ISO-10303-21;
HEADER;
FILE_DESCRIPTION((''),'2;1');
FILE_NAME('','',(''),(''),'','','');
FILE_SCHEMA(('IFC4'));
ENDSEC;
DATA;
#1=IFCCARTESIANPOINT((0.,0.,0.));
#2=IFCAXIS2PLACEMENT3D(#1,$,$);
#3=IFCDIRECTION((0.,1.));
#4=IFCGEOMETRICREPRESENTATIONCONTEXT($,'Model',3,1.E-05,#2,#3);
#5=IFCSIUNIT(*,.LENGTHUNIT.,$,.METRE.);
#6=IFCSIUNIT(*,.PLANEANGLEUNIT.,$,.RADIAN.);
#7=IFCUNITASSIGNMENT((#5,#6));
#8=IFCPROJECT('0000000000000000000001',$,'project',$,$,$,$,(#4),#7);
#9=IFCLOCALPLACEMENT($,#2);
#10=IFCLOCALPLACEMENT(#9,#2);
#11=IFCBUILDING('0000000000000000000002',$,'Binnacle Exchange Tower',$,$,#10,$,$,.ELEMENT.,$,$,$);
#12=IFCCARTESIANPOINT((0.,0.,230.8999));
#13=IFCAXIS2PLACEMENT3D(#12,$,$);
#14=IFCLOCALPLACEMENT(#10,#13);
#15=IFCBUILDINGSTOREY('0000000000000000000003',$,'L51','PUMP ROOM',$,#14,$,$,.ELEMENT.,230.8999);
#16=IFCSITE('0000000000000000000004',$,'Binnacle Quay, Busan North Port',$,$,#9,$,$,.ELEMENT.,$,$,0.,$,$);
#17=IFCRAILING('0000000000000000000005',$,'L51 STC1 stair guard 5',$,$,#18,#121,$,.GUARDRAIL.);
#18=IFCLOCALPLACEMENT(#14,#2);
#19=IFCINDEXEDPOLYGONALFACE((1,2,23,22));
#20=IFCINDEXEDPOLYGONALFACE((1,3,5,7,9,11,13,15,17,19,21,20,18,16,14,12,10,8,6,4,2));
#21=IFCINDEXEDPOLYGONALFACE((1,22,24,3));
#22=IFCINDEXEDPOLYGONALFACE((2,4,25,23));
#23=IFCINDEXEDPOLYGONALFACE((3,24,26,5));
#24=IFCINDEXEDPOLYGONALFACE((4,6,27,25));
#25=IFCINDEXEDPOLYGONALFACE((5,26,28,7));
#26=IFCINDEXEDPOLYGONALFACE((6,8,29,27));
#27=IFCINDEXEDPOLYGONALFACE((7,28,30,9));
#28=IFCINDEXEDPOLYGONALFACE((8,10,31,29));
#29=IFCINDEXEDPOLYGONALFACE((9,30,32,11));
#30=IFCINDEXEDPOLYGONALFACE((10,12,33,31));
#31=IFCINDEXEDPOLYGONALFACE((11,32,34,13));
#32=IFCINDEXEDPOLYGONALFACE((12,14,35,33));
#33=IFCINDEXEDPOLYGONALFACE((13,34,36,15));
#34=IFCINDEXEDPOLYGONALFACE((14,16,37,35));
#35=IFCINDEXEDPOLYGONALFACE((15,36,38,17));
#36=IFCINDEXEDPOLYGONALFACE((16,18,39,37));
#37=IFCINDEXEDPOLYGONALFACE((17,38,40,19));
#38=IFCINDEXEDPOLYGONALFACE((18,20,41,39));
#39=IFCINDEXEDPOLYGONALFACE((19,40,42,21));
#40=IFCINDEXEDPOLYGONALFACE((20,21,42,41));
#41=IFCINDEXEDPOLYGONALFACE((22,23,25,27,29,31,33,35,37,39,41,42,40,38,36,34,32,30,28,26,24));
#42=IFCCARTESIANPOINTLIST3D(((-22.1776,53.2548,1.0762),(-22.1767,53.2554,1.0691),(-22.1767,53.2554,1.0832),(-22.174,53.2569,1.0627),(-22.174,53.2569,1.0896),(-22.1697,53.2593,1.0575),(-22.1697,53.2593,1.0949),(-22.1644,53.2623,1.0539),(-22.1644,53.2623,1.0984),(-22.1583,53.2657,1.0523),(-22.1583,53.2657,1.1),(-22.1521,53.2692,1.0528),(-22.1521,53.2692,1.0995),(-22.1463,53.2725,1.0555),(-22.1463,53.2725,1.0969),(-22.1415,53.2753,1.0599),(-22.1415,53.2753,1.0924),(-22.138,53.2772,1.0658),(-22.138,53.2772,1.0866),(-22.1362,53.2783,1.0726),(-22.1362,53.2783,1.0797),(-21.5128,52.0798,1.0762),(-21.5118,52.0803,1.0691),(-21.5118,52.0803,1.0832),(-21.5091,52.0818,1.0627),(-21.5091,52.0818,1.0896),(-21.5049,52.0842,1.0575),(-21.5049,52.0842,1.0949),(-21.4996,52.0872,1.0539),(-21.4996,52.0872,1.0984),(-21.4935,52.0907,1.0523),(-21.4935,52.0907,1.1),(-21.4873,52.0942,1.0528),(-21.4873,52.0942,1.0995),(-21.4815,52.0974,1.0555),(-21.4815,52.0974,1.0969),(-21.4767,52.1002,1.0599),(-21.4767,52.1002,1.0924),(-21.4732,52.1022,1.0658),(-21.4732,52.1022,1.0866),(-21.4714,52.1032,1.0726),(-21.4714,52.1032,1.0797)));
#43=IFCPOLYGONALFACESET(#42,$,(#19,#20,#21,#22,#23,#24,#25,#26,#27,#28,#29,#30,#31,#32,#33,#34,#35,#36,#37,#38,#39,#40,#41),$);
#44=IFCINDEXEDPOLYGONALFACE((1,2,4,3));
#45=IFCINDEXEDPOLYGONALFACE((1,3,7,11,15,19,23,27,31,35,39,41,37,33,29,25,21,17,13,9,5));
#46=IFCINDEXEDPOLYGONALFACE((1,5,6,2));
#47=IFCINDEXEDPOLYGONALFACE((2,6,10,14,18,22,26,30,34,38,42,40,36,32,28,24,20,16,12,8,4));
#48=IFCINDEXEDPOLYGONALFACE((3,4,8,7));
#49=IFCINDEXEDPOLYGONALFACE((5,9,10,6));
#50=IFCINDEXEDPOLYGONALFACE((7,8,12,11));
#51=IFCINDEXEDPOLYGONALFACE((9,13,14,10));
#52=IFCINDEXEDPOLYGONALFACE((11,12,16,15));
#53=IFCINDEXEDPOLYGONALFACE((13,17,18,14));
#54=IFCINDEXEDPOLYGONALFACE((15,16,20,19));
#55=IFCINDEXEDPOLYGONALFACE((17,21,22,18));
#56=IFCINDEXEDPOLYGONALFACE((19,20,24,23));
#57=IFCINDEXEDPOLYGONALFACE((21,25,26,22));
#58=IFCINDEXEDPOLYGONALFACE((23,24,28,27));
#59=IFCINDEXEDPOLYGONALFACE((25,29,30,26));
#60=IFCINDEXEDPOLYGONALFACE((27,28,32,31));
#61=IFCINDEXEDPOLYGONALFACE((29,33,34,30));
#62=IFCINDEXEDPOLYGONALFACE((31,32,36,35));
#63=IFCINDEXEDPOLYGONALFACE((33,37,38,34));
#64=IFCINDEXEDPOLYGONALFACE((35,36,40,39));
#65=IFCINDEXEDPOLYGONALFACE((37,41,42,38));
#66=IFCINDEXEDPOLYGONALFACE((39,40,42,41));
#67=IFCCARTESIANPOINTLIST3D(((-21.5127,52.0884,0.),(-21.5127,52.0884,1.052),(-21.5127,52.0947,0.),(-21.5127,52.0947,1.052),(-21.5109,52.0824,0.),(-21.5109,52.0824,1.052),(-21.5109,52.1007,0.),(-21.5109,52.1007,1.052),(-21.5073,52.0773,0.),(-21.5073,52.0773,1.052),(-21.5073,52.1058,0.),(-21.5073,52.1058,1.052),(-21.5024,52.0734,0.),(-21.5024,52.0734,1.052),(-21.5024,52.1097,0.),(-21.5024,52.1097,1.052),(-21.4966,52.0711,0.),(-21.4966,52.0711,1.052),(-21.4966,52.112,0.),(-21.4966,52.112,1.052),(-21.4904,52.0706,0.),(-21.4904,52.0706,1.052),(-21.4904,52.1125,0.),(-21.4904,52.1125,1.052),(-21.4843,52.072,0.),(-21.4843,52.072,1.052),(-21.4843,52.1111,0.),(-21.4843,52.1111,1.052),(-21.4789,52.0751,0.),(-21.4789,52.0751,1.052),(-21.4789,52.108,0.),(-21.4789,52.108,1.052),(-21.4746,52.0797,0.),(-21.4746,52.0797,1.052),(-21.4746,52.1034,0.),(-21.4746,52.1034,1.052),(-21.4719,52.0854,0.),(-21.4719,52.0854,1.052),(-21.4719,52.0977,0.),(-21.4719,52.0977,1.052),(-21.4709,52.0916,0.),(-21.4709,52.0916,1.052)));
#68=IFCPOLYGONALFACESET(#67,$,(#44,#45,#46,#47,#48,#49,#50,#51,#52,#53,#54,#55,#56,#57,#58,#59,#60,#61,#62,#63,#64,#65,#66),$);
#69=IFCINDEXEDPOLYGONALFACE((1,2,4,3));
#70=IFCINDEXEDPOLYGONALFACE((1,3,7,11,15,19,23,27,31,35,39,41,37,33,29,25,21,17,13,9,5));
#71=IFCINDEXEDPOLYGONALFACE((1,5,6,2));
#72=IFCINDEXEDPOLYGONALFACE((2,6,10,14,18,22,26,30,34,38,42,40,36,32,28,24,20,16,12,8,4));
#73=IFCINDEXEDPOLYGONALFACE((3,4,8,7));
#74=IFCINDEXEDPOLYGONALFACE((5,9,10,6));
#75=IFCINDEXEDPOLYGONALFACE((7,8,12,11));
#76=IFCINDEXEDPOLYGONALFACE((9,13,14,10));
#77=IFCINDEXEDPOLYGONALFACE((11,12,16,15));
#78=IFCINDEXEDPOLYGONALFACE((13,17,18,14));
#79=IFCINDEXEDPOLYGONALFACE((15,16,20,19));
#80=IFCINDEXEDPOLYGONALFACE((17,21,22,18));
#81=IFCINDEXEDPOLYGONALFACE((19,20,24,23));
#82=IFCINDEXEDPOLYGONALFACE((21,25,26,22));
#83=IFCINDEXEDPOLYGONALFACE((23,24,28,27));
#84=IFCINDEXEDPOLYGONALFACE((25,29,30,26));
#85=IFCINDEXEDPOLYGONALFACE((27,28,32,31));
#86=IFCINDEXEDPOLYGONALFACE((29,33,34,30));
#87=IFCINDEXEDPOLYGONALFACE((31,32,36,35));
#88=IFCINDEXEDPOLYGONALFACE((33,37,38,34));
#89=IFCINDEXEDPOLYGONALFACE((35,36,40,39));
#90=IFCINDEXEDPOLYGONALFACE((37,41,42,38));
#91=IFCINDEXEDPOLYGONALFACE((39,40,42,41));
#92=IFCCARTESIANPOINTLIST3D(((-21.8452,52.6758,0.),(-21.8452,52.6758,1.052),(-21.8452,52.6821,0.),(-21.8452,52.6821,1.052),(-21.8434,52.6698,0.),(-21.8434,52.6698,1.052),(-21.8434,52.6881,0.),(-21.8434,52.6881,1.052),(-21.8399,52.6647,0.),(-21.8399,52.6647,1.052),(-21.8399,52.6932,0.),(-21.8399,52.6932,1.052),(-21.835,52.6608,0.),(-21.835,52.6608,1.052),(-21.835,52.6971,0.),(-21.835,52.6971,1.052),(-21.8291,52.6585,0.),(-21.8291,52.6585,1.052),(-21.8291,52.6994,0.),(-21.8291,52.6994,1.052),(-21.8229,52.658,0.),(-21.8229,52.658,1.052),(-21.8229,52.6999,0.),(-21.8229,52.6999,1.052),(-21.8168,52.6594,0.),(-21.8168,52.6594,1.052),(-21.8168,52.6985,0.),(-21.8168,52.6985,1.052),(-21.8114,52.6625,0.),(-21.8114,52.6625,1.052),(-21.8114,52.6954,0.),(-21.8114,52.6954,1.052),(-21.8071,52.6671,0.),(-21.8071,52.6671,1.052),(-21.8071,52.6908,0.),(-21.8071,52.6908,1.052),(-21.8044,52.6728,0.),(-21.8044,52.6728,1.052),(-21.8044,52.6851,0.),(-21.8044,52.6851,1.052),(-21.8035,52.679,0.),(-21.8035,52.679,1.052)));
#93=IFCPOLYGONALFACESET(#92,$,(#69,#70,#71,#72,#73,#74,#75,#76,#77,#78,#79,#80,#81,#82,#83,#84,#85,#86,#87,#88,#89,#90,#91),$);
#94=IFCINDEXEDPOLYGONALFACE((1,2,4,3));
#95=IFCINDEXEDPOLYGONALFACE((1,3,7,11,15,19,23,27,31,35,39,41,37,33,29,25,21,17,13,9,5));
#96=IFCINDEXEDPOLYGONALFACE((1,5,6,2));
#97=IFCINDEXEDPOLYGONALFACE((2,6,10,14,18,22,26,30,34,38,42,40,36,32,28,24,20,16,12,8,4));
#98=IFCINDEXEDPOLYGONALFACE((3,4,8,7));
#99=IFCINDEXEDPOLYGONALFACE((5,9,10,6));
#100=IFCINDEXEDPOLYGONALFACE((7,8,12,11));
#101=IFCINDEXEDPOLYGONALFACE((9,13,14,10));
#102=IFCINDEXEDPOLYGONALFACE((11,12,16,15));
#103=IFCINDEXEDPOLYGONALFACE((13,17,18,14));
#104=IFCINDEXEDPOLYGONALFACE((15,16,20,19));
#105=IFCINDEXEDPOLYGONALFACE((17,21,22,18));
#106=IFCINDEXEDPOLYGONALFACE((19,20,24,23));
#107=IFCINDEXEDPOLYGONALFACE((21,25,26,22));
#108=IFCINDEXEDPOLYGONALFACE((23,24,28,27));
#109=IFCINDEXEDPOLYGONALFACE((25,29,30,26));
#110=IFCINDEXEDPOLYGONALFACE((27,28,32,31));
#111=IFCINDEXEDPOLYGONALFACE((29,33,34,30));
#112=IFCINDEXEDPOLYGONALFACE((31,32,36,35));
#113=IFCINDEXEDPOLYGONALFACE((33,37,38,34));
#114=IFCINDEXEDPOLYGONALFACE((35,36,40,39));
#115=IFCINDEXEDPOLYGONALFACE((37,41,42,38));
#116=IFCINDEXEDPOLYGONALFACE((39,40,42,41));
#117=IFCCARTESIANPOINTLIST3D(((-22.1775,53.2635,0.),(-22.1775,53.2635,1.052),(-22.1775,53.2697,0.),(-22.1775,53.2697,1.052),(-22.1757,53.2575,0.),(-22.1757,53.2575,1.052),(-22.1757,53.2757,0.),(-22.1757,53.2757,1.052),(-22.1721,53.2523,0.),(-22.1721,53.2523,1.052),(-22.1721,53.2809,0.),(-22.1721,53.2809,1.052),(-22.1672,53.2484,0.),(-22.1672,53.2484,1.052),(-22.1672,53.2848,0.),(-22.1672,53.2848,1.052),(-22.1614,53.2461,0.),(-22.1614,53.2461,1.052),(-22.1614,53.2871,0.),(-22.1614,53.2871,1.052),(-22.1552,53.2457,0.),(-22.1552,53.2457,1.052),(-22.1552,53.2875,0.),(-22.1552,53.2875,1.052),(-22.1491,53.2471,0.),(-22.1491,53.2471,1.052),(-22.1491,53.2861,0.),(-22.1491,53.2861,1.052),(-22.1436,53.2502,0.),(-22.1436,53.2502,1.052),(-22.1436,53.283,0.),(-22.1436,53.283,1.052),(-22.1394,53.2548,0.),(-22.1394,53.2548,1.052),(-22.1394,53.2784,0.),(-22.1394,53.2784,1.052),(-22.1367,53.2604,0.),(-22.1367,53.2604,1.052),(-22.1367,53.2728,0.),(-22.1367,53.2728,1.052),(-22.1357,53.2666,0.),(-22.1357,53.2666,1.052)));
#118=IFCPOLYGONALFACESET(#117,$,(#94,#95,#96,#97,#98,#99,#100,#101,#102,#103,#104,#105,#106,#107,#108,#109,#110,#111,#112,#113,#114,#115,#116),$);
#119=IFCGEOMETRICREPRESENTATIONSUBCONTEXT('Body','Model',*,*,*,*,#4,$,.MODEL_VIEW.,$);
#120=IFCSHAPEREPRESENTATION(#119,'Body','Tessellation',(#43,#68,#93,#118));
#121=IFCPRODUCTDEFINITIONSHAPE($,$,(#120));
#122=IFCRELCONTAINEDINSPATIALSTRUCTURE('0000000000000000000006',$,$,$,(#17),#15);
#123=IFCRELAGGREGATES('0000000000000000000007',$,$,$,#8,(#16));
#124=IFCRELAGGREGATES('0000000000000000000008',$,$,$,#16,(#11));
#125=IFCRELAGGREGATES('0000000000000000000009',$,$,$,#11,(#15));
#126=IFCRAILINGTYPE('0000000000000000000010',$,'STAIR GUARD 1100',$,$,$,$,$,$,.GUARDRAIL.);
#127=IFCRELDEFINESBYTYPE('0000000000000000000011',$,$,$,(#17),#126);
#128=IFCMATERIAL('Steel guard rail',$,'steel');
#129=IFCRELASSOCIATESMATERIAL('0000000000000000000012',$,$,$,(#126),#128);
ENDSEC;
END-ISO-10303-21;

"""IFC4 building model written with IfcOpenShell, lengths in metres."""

from ifc_helpers import new_model, si_unit, direction, frame, origin, origin_2d, place, context, subcontext, project, spatial, circle, extrude, material, type_object, element, save


model = new_model("IFC4")

# Units and contexts
model_context = context("Model", 3, precision=1e-05, world=origin(), true_north=direction((0.0, 1.0)))
body_context = subcontext(model_context, "Body", "Model", "MODEL_VIEW")
ifc_project = project(units=[si_unit("LENGTHUNIT", "METRE"), si_unit("PLANEANGLEUNIT", "RADIAN")], contexts=[model_context])

# Site, building, storey
site_placement = place(None, origin())
site = spatial("IfcSite", under=ifc_project, at=site_placement, Name="Binnacle Quay, Busan North Port", CompositionType="ELEMENT", RefElevation=0.0)
building_placement = place(site_placement, origin())
building = spatial("IfcBuilding", under=site, at=building_placement, Name="Binnacle Exchange Tower", CompositionType="ELEMENT")
storey_placement = place(building_placement, frame((0.0, 0.0, 230.8999)))
storey = spatial("IfcBuildingStorey", under=building, at=storey_placement, Name="L51", Description="PUMP ROOM", CompositionType="ELEMENT", Elevation=230.8999)

# Railing
ifc_material_1 = material(Name="Steel guard rail", Category="steel")
railing_type = type_object("IfcRailingType", Name="STAIR GUARD 1100", PredefinedType="GUARDRAIL", material=ifc_material_1)
railing_1_placement = place(storey_placement, frame((-21.4919, 52.0916, 0.0)))
element("IfcRailing", 1, at=railing_1_placement, inside=storey, type_object=railing_type, Name="L51 STC1 stair guard 5", PredefinedType="GUARDRAIL", context=body_context, shape_type="SweptSolid", body=[
    extrude(circle(Radius=0.0239, at=origin_2d()), frame((0.0, 0.0, 1.0762), z_axis=(-0.492415, 0.870361, 0.0), x_axis=(-0.870361, -0.492415, 0.0)), (0.0, 0.0, 1.0), 1.3501),
    extrude(circle(Radius=0.021, at=origin_2d()), origin(), (0.0, 0.0, 1.0), 1.052),
    extrude(circle(Radius=0.021, at=origin_2d()), frame((-0.3325, 0.5874, 0.0)), (0.0, 0.0, 1.0), 1.052),
    extrude(circle(Radius=0.021, at=origin_2d()), frame((-0.6648, 1.175, 0.0)), (0.0, 0.0, 1.0), 1.052),
])

save(model, "model.ifc")
